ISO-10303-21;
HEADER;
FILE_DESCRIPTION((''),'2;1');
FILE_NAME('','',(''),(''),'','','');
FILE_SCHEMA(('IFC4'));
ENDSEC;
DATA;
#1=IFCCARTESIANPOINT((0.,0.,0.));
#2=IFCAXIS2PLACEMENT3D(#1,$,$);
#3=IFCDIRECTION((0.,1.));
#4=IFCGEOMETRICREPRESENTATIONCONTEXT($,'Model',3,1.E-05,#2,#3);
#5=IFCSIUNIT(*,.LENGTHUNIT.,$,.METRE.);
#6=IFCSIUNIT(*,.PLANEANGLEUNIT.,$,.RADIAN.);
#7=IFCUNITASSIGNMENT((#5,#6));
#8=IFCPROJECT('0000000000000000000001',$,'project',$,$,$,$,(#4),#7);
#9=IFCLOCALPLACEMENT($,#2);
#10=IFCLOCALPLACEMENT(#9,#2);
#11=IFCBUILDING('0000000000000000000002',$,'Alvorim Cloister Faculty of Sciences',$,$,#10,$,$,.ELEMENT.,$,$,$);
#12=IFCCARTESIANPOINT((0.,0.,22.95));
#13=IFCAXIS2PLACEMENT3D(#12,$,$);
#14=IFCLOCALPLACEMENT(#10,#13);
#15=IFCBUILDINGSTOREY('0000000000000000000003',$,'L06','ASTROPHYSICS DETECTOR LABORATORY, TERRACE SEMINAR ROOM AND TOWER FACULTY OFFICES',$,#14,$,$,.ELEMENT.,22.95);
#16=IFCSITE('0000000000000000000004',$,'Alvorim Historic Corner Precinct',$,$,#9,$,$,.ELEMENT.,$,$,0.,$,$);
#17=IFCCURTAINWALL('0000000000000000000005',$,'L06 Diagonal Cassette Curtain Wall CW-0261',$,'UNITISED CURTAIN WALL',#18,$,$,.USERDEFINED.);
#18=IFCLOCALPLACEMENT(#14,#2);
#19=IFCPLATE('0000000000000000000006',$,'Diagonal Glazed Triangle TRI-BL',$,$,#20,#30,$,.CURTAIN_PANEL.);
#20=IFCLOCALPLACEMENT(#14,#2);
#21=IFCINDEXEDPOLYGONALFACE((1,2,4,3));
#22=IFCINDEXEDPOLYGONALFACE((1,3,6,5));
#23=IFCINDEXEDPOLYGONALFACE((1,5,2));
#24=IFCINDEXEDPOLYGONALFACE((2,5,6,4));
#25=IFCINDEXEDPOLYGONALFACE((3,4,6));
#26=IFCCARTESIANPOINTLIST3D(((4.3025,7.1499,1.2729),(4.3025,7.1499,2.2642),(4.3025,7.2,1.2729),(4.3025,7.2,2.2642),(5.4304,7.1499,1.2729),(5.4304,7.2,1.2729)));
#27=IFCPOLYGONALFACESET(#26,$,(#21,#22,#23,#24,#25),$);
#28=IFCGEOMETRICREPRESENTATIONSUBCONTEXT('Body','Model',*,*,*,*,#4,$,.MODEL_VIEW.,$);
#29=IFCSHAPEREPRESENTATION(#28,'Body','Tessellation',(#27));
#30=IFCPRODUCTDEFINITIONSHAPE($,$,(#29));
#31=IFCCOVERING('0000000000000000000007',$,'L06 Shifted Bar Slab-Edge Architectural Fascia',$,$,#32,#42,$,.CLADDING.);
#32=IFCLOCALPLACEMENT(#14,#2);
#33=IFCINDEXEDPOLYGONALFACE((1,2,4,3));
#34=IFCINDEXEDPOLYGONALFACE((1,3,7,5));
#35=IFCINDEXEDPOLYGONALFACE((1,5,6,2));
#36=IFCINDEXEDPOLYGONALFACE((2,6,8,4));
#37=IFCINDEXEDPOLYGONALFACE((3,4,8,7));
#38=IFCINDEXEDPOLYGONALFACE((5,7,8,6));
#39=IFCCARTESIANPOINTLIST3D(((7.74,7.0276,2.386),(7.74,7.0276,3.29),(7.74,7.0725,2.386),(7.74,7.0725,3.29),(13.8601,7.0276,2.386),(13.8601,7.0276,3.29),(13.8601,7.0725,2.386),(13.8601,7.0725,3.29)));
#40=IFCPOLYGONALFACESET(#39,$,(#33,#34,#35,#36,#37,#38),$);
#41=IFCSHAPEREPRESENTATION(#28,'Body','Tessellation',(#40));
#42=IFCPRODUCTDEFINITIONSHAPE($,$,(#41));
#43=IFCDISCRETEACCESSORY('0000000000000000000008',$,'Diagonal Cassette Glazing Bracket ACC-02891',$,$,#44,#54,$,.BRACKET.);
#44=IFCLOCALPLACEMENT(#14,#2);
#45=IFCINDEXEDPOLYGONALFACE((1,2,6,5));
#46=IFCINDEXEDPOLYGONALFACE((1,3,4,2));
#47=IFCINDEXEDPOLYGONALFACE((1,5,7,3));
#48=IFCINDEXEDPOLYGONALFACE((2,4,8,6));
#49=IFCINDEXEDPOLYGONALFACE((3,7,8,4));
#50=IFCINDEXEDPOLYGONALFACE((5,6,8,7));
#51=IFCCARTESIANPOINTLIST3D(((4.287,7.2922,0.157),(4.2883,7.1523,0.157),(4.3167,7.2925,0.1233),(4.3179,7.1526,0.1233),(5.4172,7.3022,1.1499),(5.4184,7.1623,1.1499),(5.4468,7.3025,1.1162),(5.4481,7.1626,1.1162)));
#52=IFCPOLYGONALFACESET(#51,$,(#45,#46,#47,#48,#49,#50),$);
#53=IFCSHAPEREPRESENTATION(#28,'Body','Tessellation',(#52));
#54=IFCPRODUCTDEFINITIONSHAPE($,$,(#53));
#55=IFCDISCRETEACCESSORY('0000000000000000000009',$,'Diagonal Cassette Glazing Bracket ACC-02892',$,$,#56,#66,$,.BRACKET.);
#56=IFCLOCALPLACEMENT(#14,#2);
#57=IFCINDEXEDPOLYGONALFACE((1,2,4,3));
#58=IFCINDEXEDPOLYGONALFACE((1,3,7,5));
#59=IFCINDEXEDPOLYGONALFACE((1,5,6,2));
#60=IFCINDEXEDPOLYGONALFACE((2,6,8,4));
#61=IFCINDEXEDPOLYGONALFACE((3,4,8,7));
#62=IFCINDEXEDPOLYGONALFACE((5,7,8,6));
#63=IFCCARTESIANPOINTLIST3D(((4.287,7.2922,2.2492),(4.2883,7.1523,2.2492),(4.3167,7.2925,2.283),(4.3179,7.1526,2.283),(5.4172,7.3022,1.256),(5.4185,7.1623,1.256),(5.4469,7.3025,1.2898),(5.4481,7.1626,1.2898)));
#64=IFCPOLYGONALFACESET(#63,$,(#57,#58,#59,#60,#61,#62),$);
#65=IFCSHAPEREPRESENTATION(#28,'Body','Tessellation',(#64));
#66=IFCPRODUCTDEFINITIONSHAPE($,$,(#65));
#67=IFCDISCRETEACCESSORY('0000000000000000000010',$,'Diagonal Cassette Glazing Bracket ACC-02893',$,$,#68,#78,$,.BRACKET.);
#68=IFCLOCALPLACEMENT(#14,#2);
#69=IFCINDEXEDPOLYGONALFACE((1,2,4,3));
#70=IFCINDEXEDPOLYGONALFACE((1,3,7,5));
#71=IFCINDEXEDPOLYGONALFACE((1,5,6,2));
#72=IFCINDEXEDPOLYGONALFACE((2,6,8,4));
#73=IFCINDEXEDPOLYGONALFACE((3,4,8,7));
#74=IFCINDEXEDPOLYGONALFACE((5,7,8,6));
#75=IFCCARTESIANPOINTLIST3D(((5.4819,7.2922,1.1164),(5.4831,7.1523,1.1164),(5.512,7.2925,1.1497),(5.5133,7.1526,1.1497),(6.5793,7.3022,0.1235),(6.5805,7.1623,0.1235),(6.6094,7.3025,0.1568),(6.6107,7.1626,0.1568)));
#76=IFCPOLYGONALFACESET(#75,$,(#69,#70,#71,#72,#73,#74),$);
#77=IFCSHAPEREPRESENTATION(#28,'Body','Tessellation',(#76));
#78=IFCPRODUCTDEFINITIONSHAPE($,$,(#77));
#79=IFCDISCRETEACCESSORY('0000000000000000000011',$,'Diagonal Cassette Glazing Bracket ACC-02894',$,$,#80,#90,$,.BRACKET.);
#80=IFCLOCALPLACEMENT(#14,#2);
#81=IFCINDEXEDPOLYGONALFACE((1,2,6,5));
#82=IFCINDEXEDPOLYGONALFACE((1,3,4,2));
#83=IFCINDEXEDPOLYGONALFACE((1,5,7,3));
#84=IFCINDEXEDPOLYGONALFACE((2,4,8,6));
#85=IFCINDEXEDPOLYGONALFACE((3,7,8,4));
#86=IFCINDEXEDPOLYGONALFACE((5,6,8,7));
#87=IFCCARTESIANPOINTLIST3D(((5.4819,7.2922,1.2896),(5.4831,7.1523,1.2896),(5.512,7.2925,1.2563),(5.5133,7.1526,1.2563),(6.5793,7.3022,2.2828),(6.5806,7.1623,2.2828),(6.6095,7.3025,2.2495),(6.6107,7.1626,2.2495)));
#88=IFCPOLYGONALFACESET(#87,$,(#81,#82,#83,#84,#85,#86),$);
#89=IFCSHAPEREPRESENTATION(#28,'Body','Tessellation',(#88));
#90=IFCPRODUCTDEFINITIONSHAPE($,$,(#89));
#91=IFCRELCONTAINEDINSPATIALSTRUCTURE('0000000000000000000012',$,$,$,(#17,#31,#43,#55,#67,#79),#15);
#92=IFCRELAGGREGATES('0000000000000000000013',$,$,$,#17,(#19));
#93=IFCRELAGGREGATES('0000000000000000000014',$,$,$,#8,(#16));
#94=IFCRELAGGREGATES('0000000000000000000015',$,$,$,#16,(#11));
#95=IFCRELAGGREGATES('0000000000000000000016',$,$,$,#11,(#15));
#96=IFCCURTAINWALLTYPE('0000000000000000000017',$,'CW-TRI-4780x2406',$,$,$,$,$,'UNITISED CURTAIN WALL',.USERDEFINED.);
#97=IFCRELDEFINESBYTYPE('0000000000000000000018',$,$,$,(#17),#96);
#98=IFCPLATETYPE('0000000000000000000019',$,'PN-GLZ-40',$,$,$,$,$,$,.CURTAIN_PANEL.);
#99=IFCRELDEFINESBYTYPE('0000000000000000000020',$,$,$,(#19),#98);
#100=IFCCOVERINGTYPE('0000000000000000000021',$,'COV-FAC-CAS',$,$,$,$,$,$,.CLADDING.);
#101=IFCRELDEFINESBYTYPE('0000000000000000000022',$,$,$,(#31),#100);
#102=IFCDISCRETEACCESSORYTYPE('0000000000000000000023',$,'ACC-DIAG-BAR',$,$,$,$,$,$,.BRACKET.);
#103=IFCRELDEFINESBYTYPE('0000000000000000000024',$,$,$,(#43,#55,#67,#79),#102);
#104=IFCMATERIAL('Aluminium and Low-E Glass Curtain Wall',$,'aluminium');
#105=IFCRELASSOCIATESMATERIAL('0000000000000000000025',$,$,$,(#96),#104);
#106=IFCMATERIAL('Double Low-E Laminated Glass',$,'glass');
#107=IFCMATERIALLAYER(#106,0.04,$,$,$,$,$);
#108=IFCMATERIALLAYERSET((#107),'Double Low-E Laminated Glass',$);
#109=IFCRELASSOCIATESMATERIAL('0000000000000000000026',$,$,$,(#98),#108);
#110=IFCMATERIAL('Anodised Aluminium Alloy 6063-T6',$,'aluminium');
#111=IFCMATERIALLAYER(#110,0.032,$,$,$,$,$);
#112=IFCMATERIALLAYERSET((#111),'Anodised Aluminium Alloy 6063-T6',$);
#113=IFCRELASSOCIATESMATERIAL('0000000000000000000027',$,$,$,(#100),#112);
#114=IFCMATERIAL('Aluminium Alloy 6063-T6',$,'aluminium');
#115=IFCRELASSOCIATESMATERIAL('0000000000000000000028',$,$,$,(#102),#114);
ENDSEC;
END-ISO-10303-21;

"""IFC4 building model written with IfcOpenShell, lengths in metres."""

from ifc_helpers import new_model, si_unit, direction, frame, origin, origin_2d, place, context, subcontext, project, spatial, polyline, rectangle, outline, extrude, material, layer, layer_set, type_object, element, aggregate, save


model = new_model("IFC4")

# Units and contexts
model_context = context("Model", 3, precision=1e-05, world=origin(), true_north=direction((0.0, 1.0)))
body_context = subcontext(model_context, "Body", "Model", "MODEL_VIEW")
ifc_project = project(units=[si_unit("LENGTHUNIT", "METRE"), si_unit("PLANEANGLEUNIT", "RADIAN")], contexts=[model_context])

# Site, building, storey
site_placement = place(None, origin())
site = spatial("IfcSite", under=ifc_project, at=site_placement, Name="Alvorim Historic Corner Precinct", CompositionType="ELEMENT", RefElevation=0.0)
building_placement = place(site_placement, origin())
building = spatial("IfcBuilding", under=site, at=building_placement, Name="Alvorim Cloister Faculty of Sciences", CompositionType="ELEMENT")
storey_placement = place(building_placement, frame((0.0, 0.0, 22.95)))
storey = spatial("IfcBuildingStorey", under=building, at=storey_placement, Name="L06", Description="ASTROPHYSICS DETECTOR LABORATORY, TERRACE SEMINAR ROOM AND TOWER FACULTY OFFICES", CompositionType="ELEMENT", Elevation=22.95)

# Shared definitions
ifc_material_1 = material(Name="Aluminium and Low-E Glass Curtain Wall", Category="aluminium")
ifc_material_2 = material(Name="Aluminium Alloy 6063-T6", Category="aluminium")

# Curtain wall
curtain_wall_type_1 = type_object("IfcCurtainWallType", Name="CW-TRI-4780x2406", ElementType="UNITISED CURTAIN WALL", PredefinedType="USERDEFINED", material=ifc_material_1)
curtain_wall_1_placement = place(storey_placement, origin())
curtain_wall_1 = element("IfcCurtainWall", 1, at=curtain_wall_1_placement, inside=storey, type_object=curtain_wall_type_1, Name="L06 Diagonal Cassette Curtain Wall CW-0261", ObjectType="UNITISED CURTAIN WALL", PredefinedType="USERDEFINED")

# Plate
ifc_material_3 = material(Name="Double Low-E Laminated Glass", Category="glass")
ifc_layer_1 = layer(ifc_material_3, 0.04)
ifc_layer_set_1 = layer_set([ifc_layer_1], Name="Double Low-E Laminated Glass")
plate_type = type_object("IfcPlateType", Name="PN-GLZ-40", PredefinedType="CURTAIN_PANEL", material=ifc_layer_set_1)
plate_1_placement = place(storey_placement, frame((4.3025, 7.175, 1.2729), z_axis=(0.0, 0.0, 1.0), x_axis=(1.0, 0.0, 0.0)))
plate_1 = element("IfcPlate", 2, at=plate_1_placement, type_object=plate_type, Name="Diagonal Glazed Triangle TRI-BL", PredefinedType="CURTAIN_PANEL", context=body_context, shape_type="SweptSolid", body=[
    extrude(outline(polyline([(0.0, 0.0), (1.1279, 0.0), (0.0, 0.9912), (0.0, 0.0)])), frame((0.0, 0.0249, 0.0), z_axis=(0.0, -1.0, 0.0), x_axis=(1.0, 0.0, 0.0)), (0.0, 0.0, 1.0), 0.05),
])
aggregate(curtain_wall_1, [plate_1])

# Covering
ifc_material_4 = material(Name="Anodised Aluminium Alloy 6063-T6", Category="aluminium")
ifc_layer_2 = layer(ifc_material_4, 0.032)
ifc_layer_set_2 = layer_set([ifc_layer_2], Name="Anodised Aluminium Alloy 6063-T6")
covering_type = type_object("IfcCoveringType", Name="COV-FAC-CAS", PredefinedType="CLADDING", material=ifc_layer_set_2)
covering_placement = place(storey_placement, frame((7.74, 7.05, 2.386), z_axis=(0.0, 0.0, 1.0), x_axis=(1.0, 0.0, 0.0)))
element("IfcCovering", 3, at=covering_placement, inside=storey, type_object=covering_type, Name="L06 Shifted Bar Slab-Edge Architectural Fascia", PredefinedType="CLADDING", context=body_context, shape_type="SweptSolid", body=[
    extrude(outline(polyline([(0.0, 0.0), (6.1201, 0.0), (6.1201, 0.9041), (0.0, 0.9041), (0.0, 0.0)])), frame((0.0, 0.0225, 0.0), z_axis=(0.0, -1.0, 0.0), x_axis=(1.0, 0.0, 0.0)), (0.0, 0.0, 1.0), 0.0449),
])

# Discrete accessories
discrete_accessory_type = type_object("IfcDiscreteAccessoryType", Name="ACC-DIAG-BAR", PredefinedType="BRACKET", material=ifc_material_2)
discrete_accessory_1_placement = place(storey_placement, frame((4.3025, 7.2224, 0.1401), z_axis=(0.751221, 0.006654, 0.660017), x_axis=(-0.008857, 0.999961, 0.0)))
element("IfcDiscreteAccessory", 4, at=discrete_accessory_1_placement, inside=storey, type_object=discrete_accessory_type, Name="Diagonal Cassette Glazing Bracket ACC-02891", PredefinedType="BRACKET", context=body_context, shape_type="SweptSolid", body=[
    extrude(rectangle(XDim=0.1399, YDim=0.0449, at=origin_2d()), origin(), (0.0, 0.0, 1.0), 1.5044),
])
discrete_accessory_2_placement = place(storey_placement, frame((4.3025, 7.2224, 2.2661), z_axis=(0.751141, 0.006653, -0.660108), x_axis=(-0.008857, 0.999961, 0.0)))
element("IfcDiscreteAccessory", 5, at=discrete_accessory_2_placement, inside=storey, type_object=discrete_accessory_type, Name="Diagonal Cassette Glazing Bracket ACC-02892", PredefinedType="BRACKET", context=body_context, shape_type="SweptSolid", body=[
    extrude(rectangle(XDim=0.1399, YDim=0.0449, at=origin_2d()), origin(), (0.0, 0.0, 1.0), 1.5046),
])
discrete_accessory_3_placement = place(storey_placement, frame((5.4976, 7.2224, 1.1331), z_axis=(0.741511, 0.006764, -0.670907), x_axis=(-0.009121, 0.999958, 0.0)))
element("IfcDiscreteAccessory", 6, at=discrete_accessory_3_placement, inside=storey, type_object=discrete_accessory_type, Name="Diagonal Cassette Glazing Bracket ACC-02893", PredefinedType="BRACKET", context=body_context, shape_type="SweptSolid", body=[
    extrude(rectangle(XDim=0.1399, YDim=0.0449, at=origin_2d()), origin(), (0.0, 0.0, 1.0), 1.48),
])
discrete_accessory_4_placement = place(storey_placement, frame((5.4976, 7.2224, 1.2729), z_axis=(0.741429, 0.006763, 0.670997), x_axis=(-0.009121, 0.999958, 0.0)))
element("IfcDiscreteAccessory", 7, at=discrete_accessory_4_placement, inside=storey, type_object=discrete_accessory_type, Name="Diagonal Cassette Glazing Bracket ACC-02894", PredefinedType="BRACKET", context=body_context, shape_type="SweptSolid", body=[
    extrude(rectangle(XDim=0.1399, YDim=0.0449, at=origin_2d()), origin(), (0.0, 0.0, 1.0), 1.4802),
])

save(model, "model.ifc")
